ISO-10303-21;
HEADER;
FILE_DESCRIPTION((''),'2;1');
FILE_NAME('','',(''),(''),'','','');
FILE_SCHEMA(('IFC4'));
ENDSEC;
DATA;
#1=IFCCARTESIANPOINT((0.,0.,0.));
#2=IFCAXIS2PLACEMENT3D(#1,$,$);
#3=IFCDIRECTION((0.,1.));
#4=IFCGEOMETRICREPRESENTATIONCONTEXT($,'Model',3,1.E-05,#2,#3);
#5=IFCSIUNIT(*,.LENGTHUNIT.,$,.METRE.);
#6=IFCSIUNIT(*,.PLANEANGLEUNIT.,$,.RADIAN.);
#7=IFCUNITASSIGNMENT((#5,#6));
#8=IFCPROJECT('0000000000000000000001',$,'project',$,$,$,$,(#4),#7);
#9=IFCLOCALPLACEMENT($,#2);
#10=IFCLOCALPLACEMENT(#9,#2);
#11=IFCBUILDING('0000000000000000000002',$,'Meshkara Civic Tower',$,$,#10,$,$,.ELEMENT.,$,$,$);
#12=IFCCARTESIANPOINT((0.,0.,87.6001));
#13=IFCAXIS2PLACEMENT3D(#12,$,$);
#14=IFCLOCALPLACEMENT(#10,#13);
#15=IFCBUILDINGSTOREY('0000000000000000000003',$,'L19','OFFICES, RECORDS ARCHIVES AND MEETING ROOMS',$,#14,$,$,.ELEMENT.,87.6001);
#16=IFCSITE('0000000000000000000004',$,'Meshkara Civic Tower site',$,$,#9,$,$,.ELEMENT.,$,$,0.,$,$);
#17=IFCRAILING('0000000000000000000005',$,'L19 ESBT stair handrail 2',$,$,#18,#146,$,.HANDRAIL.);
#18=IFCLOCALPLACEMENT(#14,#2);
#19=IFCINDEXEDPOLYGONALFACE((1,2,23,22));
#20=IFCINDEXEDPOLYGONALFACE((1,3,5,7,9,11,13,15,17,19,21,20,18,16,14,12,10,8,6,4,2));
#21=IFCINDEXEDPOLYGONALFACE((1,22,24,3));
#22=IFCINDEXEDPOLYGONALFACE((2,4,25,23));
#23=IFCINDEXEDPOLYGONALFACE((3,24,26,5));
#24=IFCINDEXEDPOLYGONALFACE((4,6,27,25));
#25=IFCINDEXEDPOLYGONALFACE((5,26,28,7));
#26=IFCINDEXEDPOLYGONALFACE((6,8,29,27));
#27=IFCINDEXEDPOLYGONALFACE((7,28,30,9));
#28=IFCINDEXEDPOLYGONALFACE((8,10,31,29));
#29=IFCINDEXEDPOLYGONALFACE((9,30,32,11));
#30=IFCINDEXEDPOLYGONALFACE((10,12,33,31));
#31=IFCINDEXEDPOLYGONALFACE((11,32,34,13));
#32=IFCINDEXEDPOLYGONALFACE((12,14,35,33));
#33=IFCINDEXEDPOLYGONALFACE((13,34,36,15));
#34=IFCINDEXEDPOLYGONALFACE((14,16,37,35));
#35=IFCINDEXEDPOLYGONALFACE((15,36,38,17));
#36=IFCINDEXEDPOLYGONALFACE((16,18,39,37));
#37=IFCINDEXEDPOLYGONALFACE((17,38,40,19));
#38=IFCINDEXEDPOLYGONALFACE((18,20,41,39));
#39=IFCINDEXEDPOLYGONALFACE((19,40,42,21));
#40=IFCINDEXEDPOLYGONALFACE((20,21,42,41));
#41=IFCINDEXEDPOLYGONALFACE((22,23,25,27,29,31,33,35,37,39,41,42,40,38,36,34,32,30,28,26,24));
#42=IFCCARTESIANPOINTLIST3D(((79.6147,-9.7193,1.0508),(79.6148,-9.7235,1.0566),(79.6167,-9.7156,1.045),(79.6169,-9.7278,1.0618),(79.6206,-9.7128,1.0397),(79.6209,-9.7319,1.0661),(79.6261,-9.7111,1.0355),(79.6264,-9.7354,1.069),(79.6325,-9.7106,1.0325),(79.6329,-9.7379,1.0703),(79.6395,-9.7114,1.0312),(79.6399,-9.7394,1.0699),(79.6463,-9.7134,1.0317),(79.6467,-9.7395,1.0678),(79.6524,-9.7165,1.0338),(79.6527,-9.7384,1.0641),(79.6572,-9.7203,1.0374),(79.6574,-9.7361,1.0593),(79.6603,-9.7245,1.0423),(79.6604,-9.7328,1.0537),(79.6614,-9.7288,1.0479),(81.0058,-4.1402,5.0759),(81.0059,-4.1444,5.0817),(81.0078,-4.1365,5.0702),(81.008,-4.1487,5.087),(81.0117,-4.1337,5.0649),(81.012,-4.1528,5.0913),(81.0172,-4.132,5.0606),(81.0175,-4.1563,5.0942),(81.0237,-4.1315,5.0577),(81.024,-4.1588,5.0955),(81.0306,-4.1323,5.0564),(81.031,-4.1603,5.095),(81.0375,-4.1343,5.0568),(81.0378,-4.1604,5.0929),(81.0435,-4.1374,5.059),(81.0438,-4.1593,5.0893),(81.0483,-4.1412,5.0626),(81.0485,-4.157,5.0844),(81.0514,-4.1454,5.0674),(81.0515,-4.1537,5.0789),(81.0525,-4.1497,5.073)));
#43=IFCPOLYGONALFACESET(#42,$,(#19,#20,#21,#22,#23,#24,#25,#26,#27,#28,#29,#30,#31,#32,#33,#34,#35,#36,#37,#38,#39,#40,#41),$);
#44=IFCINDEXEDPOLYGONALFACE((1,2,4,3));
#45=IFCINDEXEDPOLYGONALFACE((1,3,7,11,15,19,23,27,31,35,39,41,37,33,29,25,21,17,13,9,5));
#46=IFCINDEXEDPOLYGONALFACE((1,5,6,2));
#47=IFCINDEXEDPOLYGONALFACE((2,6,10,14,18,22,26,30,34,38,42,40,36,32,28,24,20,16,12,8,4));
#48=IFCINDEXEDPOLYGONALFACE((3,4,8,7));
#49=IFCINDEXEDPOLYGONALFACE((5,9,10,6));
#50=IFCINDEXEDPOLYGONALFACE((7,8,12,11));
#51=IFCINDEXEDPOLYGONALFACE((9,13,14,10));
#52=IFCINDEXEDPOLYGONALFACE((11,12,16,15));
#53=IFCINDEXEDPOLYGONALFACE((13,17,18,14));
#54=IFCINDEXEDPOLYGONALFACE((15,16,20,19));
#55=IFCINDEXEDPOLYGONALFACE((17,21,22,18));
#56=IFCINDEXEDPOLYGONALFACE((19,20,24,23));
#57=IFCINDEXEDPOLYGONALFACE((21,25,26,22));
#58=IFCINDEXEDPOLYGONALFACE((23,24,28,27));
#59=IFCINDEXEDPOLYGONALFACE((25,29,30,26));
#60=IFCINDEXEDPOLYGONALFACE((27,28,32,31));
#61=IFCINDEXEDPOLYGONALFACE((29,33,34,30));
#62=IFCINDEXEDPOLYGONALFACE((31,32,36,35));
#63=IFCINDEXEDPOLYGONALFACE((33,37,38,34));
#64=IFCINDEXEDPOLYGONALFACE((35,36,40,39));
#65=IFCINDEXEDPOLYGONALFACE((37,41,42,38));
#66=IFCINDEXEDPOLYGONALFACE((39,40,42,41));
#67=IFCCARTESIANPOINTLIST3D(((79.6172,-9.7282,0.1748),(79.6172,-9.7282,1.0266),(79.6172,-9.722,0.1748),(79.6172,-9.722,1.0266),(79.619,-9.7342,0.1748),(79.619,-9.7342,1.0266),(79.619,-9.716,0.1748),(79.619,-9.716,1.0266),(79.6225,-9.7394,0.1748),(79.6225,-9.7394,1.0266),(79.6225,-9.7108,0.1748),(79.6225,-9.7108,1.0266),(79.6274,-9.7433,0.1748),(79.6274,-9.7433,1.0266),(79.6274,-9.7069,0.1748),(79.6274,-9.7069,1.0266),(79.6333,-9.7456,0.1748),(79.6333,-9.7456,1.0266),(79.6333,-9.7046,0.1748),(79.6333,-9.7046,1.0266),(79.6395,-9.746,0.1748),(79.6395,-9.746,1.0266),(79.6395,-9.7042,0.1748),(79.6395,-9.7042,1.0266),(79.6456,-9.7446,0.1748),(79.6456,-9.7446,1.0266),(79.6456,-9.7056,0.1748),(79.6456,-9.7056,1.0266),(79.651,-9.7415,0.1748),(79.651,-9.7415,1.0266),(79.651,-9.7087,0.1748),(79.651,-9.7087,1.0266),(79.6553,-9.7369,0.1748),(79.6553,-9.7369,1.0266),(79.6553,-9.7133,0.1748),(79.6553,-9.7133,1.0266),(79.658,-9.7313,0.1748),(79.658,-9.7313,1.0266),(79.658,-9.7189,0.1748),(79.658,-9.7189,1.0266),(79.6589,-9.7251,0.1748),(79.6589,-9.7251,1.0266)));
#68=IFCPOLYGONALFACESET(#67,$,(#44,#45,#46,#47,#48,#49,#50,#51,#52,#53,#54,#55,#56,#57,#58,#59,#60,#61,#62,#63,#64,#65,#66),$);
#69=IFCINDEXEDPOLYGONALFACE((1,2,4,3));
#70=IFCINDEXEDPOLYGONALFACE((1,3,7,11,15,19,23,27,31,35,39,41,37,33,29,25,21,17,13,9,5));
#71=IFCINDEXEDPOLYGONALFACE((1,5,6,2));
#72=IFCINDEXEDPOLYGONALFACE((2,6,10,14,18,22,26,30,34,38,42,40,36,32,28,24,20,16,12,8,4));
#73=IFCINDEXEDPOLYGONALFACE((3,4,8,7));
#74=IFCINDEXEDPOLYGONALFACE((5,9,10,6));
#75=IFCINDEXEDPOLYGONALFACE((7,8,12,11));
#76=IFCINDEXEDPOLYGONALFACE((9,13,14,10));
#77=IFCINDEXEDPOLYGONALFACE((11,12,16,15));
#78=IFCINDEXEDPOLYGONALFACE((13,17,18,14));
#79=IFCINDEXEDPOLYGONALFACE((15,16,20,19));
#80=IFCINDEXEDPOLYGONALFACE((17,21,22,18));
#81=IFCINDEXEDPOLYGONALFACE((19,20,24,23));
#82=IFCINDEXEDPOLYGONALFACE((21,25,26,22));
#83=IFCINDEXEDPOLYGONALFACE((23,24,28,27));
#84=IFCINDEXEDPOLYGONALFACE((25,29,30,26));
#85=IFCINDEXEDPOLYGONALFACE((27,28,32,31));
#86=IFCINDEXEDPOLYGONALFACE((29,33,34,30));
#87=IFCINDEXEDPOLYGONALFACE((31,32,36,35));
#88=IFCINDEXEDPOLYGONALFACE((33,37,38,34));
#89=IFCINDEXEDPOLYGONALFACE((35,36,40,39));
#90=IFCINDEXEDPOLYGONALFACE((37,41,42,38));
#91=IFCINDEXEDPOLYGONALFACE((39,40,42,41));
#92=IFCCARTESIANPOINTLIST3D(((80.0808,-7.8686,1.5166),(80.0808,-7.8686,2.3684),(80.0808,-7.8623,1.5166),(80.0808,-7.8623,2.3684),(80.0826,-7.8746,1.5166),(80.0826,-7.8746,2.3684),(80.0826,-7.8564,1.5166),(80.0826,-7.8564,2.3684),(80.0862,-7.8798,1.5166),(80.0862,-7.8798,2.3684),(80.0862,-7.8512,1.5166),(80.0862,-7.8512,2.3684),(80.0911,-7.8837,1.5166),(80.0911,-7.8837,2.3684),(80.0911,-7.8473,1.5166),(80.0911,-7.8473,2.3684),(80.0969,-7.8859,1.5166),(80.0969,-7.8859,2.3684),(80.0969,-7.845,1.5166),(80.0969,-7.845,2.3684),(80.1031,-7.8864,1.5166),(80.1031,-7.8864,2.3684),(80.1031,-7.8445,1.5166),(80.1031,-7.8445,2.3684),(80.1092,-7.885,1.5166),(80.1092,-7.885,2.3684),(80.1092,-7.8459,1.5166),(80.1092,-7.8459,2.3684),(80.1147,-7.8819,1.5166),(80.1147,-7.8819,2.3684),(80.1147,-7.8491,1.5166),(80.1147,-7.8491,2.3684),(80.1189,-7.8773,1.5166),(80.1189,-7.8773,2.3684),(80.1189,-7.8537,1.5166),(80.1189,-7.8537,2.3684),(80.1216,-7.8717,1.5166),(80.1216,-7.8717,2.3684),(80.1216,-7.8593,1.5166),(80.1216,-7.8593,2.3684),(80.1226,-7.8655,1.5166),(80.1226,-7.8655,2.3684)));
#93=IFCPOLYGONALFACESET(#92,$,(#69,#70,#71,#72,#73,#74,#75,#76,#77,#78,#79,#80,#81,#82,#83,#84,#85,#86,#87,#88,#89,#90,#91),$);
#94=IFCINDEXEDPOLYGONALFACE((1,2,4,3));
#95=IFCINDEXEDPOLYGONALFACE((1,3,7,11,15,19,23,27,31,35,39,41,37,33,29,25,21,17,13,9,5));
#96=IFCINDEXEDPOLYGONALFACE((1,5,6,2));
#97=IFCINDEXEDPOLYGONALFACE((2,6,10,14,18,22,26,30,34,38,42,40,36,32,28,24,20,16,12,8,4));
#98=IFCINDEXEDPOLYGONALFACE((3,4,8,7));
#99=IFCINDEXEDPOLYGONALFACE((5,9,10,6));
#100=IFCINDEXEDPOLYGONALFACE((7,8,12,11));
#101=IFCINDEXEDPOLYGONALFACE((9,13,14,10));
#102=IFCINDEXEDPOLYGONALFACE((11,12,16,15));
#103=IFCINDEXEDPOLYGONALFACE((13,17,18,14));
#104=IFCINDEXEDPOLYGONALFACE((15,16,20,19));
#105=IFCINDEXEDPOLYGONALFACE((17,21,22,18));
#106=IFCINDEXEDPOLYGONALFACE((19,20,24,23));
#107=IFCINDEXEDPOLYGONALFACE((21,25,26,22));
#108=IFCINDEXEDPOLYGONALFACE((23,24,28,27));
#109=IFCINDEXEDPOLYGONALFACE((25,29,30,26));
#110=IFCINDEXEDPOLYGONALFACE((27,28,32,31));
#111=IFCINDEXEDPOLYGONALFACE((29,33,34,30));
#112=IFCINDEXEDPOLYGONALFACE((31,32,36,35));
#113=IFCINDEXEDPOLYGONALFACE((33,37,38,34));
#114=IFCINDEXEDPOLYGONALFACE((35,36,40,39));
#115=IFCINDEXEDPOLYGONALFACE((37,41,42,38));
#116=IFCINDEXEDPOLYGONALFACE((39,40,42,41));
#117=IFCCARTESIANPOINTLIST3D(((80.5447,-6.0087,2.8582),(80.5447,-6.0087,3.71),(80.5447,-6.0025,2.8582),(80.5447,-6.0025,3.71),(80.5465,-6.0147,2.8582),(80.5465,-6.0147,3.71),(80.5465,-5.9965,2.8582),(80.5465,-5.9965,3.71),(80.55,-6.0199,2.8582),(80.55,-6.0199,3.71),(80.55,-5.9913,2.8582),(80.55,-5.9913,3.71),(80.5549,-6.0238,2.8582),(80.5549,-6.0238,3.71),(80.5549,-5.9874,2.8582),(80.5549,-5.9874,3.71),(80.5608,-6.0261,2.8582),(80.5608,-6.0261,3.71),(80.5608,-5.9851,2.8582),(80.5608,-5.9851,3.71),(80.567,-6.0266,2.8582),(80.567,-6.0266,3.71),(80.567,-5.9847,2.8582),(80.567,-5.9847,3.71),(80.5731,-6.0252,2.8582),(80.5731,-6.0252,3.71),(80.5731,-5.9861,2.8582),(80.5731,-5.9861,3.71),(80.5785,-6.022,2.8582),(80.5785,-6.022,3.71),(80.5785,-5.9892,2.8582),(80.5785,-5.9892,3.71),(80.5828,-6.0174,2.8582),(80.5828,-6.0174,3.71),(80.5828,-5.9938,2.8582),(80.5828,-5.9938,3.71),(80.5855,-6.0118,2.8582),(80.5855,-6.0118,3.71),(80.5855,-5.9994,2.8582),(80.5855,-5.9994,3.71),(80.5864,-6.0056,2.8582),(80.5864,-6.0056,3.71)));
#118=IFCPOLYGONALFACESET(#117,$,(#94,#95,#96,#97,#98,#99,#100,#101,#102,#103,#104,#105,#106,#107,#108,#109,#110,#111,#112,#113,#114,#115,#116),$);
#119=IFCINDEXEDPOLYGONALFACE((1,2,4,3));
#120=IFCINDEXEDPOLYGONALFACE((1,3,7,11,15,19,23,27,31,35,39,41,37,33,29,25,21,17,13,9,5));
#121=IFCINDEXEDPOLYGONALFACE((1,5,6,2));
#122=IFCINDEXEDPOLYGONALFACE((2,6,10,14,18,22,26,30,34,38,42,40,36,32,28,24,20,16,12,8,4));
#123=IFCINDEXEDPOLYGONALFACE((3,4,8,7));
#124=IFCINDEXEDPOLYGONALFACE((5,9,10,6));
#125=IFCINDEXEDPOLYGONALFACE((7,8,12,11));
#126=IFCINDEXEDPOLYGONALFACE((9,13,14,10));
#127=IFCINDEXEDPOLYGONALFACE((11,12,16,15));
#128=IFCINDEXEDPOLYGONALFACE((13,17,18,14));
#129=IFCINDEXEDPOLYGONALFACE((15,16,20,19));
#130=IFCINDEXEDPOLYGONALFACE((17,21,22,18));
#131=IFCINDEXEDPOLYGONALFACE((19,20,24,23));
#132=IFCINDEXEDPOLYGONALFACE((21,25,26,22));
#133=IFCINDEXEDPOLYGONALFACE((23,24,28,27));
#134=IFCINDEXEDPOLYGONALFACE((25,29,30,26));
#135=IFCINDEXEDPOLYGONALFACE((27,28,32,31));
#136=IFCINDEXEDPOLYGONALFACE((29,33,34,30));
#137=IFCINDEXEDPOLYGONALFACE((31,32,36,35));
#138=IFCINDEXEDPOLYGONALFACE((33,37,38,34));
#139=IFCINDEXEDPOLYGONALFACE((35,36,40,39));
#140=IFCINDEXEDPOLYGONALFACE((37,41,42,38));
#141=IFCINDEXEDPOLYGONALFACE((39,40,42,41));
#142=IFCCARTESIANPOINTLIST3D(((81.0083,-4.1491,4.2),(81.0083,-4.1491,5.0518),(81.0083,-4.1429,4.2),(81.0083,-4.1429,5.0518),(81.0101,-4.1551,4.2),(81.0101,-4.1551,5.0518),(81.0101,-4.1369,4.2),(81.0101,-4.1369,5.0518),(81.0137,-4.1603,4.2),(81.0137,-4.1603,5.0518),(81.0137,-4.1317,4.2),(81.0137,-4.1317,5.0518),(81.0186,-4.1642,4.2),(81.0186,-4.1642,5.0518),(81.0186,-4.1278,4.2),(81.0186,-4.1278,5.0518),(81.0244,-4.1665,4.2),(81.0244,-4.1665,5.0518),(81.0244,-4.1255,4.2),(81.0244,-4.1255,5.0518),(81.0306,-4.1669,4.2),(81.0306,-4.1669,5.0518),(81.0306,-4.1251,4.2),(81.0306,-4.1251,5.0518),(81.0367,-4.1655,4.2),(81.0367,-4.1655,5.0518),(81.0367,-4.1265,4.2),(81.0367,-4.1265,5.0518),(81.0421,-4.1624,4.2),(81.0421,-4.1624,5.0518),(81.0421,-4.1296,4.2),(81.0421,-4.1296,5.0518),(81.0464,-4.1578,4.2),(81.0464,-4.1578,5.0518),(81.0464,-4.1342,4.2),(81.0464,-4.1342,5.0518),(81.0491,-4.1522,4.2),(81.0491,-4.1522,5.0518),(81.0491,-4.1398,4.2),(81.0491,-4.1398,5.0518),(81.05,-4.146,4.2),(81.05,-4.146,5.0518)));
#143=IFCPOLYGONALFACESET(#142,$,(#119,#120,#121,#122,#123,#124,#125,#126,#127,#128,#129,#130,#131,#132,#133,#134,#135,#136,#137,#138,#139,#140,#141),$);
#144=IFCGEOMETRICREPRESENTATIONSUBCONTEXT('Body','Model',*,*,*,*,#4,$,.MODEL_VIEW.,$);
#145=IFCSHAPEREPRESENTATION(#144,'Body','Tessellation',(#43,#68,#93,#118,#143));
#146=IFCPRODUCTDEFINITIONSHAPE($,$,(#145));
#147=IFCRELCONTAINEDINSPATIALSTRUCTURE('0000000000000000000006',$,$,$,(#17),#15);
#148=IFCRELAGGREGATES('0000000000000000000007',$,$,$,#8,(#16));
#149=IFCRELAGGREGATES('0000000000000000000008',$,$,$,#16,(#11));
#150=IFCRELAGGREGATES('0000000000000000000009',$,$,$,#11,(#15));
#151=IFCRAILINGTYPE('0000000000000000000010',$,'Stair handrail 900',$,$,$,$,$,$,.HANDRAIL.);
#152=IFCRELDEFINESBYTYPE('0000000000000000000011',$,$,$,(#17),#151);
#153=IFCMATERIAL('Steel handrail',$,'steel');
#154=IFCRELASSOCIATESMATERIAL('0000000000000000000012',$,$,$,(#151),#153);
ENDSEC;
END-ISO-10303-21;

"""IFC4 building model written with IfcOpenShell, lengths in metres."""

from ifc_helpers import new_model, si_unit, direction, frame, origin, origin_2d, place, context, subcontext, project, spatial, circle, extrude, material, type_object, element, save


model = new_model("IFC4")

# Units and contexts
model_context = context("Model", 3, precision=1e-05, world=origin(), true_north=direction((0.0, 1.0)))
body_context = subcontext(model_context, "Body", "Model", "MODEL_VIEW")
ifc_project = project(units=[si_unit("LENGTHUNIT", "METRE"), si_unit("PLANEANGLEUNIT", "RADIAN")], contexts=[model_context])

# Site, building, storey
site_placement = place(None, origin())
site = spatial("IfcSite", under=ifc_project, at=site_placement, Name="Meshkara Civic Tower site", CompositionType="ELEMENT", RefElevation=0.0)
building_placement = place(site_placement, origin())
building = spatial("IfcBuilding", under=site, at=building_placement, Name="Meshkara Civic Tower", CompositionType="ELEMENT")
storey_placement = place(building_placement, frame((0.0, 0.0, 87.6001)))
storey = spatial("IfcBuildingStorey", under=building, at=storey_placement, Name="L19", Description="OFFICES, RECORDS ARCHIVES AND MEETING ROOMS", CompositionType="ELEMENT", Elevation=87.6001)

# Railing
ifc_material_1 = material(Name="Steel handrail", Category="steel")
railing_type_1 = type_object("IfcRailingType", Name="Stair handrail 900", PredefinedType="HANDRAIL", material=ifc_material_1)
railing_1_placement = place(storey_placement, frame((79.6379, -9.7251, 0.1748)))
element("IfcRailing", 1, at=railing_1_placement, inside=storey, type_object=railing_type_1, Name="L19 ESBT stair handrail 2", PredefinedType="HANDRAIL", context=body_context, shape_type="SweptSolid", body=[
    extrude(circle(Radius=0.0239, at=origin_2d()), frame((0.0, 0.0, 0.876), z_axis=(0.198199, 0.794881, 0.573482), x_axis=(-0.970292, 0.241936, 0.0)), (0.0, 0.0, 1.0), 7.0188),
    extrude(circle(Radius=0.021, at=origin_2d()), origin(), (0.0, 0.0, 1.0), 0.8518),
    extrude(circle(Radius=0.021, at=origin_2d()), frame((0.4636, 1.8596, 1.3418)), (0.0, 0.0, 1.0), 0.8518),
    extrude(circle(Radius=0.021, at=origin_2d()), frame((0.9275, 3.7195, 2.6833)), (0.0, 0.0, 1.0), 0.8518),
    extrude(circle(Radius=0.021, at=origin_2d()), frame((1.3911, 5.5791, 4.0251)), (0.0, 0.0, 1.0), 0.8518),
])

save(model, "model.ifc")
